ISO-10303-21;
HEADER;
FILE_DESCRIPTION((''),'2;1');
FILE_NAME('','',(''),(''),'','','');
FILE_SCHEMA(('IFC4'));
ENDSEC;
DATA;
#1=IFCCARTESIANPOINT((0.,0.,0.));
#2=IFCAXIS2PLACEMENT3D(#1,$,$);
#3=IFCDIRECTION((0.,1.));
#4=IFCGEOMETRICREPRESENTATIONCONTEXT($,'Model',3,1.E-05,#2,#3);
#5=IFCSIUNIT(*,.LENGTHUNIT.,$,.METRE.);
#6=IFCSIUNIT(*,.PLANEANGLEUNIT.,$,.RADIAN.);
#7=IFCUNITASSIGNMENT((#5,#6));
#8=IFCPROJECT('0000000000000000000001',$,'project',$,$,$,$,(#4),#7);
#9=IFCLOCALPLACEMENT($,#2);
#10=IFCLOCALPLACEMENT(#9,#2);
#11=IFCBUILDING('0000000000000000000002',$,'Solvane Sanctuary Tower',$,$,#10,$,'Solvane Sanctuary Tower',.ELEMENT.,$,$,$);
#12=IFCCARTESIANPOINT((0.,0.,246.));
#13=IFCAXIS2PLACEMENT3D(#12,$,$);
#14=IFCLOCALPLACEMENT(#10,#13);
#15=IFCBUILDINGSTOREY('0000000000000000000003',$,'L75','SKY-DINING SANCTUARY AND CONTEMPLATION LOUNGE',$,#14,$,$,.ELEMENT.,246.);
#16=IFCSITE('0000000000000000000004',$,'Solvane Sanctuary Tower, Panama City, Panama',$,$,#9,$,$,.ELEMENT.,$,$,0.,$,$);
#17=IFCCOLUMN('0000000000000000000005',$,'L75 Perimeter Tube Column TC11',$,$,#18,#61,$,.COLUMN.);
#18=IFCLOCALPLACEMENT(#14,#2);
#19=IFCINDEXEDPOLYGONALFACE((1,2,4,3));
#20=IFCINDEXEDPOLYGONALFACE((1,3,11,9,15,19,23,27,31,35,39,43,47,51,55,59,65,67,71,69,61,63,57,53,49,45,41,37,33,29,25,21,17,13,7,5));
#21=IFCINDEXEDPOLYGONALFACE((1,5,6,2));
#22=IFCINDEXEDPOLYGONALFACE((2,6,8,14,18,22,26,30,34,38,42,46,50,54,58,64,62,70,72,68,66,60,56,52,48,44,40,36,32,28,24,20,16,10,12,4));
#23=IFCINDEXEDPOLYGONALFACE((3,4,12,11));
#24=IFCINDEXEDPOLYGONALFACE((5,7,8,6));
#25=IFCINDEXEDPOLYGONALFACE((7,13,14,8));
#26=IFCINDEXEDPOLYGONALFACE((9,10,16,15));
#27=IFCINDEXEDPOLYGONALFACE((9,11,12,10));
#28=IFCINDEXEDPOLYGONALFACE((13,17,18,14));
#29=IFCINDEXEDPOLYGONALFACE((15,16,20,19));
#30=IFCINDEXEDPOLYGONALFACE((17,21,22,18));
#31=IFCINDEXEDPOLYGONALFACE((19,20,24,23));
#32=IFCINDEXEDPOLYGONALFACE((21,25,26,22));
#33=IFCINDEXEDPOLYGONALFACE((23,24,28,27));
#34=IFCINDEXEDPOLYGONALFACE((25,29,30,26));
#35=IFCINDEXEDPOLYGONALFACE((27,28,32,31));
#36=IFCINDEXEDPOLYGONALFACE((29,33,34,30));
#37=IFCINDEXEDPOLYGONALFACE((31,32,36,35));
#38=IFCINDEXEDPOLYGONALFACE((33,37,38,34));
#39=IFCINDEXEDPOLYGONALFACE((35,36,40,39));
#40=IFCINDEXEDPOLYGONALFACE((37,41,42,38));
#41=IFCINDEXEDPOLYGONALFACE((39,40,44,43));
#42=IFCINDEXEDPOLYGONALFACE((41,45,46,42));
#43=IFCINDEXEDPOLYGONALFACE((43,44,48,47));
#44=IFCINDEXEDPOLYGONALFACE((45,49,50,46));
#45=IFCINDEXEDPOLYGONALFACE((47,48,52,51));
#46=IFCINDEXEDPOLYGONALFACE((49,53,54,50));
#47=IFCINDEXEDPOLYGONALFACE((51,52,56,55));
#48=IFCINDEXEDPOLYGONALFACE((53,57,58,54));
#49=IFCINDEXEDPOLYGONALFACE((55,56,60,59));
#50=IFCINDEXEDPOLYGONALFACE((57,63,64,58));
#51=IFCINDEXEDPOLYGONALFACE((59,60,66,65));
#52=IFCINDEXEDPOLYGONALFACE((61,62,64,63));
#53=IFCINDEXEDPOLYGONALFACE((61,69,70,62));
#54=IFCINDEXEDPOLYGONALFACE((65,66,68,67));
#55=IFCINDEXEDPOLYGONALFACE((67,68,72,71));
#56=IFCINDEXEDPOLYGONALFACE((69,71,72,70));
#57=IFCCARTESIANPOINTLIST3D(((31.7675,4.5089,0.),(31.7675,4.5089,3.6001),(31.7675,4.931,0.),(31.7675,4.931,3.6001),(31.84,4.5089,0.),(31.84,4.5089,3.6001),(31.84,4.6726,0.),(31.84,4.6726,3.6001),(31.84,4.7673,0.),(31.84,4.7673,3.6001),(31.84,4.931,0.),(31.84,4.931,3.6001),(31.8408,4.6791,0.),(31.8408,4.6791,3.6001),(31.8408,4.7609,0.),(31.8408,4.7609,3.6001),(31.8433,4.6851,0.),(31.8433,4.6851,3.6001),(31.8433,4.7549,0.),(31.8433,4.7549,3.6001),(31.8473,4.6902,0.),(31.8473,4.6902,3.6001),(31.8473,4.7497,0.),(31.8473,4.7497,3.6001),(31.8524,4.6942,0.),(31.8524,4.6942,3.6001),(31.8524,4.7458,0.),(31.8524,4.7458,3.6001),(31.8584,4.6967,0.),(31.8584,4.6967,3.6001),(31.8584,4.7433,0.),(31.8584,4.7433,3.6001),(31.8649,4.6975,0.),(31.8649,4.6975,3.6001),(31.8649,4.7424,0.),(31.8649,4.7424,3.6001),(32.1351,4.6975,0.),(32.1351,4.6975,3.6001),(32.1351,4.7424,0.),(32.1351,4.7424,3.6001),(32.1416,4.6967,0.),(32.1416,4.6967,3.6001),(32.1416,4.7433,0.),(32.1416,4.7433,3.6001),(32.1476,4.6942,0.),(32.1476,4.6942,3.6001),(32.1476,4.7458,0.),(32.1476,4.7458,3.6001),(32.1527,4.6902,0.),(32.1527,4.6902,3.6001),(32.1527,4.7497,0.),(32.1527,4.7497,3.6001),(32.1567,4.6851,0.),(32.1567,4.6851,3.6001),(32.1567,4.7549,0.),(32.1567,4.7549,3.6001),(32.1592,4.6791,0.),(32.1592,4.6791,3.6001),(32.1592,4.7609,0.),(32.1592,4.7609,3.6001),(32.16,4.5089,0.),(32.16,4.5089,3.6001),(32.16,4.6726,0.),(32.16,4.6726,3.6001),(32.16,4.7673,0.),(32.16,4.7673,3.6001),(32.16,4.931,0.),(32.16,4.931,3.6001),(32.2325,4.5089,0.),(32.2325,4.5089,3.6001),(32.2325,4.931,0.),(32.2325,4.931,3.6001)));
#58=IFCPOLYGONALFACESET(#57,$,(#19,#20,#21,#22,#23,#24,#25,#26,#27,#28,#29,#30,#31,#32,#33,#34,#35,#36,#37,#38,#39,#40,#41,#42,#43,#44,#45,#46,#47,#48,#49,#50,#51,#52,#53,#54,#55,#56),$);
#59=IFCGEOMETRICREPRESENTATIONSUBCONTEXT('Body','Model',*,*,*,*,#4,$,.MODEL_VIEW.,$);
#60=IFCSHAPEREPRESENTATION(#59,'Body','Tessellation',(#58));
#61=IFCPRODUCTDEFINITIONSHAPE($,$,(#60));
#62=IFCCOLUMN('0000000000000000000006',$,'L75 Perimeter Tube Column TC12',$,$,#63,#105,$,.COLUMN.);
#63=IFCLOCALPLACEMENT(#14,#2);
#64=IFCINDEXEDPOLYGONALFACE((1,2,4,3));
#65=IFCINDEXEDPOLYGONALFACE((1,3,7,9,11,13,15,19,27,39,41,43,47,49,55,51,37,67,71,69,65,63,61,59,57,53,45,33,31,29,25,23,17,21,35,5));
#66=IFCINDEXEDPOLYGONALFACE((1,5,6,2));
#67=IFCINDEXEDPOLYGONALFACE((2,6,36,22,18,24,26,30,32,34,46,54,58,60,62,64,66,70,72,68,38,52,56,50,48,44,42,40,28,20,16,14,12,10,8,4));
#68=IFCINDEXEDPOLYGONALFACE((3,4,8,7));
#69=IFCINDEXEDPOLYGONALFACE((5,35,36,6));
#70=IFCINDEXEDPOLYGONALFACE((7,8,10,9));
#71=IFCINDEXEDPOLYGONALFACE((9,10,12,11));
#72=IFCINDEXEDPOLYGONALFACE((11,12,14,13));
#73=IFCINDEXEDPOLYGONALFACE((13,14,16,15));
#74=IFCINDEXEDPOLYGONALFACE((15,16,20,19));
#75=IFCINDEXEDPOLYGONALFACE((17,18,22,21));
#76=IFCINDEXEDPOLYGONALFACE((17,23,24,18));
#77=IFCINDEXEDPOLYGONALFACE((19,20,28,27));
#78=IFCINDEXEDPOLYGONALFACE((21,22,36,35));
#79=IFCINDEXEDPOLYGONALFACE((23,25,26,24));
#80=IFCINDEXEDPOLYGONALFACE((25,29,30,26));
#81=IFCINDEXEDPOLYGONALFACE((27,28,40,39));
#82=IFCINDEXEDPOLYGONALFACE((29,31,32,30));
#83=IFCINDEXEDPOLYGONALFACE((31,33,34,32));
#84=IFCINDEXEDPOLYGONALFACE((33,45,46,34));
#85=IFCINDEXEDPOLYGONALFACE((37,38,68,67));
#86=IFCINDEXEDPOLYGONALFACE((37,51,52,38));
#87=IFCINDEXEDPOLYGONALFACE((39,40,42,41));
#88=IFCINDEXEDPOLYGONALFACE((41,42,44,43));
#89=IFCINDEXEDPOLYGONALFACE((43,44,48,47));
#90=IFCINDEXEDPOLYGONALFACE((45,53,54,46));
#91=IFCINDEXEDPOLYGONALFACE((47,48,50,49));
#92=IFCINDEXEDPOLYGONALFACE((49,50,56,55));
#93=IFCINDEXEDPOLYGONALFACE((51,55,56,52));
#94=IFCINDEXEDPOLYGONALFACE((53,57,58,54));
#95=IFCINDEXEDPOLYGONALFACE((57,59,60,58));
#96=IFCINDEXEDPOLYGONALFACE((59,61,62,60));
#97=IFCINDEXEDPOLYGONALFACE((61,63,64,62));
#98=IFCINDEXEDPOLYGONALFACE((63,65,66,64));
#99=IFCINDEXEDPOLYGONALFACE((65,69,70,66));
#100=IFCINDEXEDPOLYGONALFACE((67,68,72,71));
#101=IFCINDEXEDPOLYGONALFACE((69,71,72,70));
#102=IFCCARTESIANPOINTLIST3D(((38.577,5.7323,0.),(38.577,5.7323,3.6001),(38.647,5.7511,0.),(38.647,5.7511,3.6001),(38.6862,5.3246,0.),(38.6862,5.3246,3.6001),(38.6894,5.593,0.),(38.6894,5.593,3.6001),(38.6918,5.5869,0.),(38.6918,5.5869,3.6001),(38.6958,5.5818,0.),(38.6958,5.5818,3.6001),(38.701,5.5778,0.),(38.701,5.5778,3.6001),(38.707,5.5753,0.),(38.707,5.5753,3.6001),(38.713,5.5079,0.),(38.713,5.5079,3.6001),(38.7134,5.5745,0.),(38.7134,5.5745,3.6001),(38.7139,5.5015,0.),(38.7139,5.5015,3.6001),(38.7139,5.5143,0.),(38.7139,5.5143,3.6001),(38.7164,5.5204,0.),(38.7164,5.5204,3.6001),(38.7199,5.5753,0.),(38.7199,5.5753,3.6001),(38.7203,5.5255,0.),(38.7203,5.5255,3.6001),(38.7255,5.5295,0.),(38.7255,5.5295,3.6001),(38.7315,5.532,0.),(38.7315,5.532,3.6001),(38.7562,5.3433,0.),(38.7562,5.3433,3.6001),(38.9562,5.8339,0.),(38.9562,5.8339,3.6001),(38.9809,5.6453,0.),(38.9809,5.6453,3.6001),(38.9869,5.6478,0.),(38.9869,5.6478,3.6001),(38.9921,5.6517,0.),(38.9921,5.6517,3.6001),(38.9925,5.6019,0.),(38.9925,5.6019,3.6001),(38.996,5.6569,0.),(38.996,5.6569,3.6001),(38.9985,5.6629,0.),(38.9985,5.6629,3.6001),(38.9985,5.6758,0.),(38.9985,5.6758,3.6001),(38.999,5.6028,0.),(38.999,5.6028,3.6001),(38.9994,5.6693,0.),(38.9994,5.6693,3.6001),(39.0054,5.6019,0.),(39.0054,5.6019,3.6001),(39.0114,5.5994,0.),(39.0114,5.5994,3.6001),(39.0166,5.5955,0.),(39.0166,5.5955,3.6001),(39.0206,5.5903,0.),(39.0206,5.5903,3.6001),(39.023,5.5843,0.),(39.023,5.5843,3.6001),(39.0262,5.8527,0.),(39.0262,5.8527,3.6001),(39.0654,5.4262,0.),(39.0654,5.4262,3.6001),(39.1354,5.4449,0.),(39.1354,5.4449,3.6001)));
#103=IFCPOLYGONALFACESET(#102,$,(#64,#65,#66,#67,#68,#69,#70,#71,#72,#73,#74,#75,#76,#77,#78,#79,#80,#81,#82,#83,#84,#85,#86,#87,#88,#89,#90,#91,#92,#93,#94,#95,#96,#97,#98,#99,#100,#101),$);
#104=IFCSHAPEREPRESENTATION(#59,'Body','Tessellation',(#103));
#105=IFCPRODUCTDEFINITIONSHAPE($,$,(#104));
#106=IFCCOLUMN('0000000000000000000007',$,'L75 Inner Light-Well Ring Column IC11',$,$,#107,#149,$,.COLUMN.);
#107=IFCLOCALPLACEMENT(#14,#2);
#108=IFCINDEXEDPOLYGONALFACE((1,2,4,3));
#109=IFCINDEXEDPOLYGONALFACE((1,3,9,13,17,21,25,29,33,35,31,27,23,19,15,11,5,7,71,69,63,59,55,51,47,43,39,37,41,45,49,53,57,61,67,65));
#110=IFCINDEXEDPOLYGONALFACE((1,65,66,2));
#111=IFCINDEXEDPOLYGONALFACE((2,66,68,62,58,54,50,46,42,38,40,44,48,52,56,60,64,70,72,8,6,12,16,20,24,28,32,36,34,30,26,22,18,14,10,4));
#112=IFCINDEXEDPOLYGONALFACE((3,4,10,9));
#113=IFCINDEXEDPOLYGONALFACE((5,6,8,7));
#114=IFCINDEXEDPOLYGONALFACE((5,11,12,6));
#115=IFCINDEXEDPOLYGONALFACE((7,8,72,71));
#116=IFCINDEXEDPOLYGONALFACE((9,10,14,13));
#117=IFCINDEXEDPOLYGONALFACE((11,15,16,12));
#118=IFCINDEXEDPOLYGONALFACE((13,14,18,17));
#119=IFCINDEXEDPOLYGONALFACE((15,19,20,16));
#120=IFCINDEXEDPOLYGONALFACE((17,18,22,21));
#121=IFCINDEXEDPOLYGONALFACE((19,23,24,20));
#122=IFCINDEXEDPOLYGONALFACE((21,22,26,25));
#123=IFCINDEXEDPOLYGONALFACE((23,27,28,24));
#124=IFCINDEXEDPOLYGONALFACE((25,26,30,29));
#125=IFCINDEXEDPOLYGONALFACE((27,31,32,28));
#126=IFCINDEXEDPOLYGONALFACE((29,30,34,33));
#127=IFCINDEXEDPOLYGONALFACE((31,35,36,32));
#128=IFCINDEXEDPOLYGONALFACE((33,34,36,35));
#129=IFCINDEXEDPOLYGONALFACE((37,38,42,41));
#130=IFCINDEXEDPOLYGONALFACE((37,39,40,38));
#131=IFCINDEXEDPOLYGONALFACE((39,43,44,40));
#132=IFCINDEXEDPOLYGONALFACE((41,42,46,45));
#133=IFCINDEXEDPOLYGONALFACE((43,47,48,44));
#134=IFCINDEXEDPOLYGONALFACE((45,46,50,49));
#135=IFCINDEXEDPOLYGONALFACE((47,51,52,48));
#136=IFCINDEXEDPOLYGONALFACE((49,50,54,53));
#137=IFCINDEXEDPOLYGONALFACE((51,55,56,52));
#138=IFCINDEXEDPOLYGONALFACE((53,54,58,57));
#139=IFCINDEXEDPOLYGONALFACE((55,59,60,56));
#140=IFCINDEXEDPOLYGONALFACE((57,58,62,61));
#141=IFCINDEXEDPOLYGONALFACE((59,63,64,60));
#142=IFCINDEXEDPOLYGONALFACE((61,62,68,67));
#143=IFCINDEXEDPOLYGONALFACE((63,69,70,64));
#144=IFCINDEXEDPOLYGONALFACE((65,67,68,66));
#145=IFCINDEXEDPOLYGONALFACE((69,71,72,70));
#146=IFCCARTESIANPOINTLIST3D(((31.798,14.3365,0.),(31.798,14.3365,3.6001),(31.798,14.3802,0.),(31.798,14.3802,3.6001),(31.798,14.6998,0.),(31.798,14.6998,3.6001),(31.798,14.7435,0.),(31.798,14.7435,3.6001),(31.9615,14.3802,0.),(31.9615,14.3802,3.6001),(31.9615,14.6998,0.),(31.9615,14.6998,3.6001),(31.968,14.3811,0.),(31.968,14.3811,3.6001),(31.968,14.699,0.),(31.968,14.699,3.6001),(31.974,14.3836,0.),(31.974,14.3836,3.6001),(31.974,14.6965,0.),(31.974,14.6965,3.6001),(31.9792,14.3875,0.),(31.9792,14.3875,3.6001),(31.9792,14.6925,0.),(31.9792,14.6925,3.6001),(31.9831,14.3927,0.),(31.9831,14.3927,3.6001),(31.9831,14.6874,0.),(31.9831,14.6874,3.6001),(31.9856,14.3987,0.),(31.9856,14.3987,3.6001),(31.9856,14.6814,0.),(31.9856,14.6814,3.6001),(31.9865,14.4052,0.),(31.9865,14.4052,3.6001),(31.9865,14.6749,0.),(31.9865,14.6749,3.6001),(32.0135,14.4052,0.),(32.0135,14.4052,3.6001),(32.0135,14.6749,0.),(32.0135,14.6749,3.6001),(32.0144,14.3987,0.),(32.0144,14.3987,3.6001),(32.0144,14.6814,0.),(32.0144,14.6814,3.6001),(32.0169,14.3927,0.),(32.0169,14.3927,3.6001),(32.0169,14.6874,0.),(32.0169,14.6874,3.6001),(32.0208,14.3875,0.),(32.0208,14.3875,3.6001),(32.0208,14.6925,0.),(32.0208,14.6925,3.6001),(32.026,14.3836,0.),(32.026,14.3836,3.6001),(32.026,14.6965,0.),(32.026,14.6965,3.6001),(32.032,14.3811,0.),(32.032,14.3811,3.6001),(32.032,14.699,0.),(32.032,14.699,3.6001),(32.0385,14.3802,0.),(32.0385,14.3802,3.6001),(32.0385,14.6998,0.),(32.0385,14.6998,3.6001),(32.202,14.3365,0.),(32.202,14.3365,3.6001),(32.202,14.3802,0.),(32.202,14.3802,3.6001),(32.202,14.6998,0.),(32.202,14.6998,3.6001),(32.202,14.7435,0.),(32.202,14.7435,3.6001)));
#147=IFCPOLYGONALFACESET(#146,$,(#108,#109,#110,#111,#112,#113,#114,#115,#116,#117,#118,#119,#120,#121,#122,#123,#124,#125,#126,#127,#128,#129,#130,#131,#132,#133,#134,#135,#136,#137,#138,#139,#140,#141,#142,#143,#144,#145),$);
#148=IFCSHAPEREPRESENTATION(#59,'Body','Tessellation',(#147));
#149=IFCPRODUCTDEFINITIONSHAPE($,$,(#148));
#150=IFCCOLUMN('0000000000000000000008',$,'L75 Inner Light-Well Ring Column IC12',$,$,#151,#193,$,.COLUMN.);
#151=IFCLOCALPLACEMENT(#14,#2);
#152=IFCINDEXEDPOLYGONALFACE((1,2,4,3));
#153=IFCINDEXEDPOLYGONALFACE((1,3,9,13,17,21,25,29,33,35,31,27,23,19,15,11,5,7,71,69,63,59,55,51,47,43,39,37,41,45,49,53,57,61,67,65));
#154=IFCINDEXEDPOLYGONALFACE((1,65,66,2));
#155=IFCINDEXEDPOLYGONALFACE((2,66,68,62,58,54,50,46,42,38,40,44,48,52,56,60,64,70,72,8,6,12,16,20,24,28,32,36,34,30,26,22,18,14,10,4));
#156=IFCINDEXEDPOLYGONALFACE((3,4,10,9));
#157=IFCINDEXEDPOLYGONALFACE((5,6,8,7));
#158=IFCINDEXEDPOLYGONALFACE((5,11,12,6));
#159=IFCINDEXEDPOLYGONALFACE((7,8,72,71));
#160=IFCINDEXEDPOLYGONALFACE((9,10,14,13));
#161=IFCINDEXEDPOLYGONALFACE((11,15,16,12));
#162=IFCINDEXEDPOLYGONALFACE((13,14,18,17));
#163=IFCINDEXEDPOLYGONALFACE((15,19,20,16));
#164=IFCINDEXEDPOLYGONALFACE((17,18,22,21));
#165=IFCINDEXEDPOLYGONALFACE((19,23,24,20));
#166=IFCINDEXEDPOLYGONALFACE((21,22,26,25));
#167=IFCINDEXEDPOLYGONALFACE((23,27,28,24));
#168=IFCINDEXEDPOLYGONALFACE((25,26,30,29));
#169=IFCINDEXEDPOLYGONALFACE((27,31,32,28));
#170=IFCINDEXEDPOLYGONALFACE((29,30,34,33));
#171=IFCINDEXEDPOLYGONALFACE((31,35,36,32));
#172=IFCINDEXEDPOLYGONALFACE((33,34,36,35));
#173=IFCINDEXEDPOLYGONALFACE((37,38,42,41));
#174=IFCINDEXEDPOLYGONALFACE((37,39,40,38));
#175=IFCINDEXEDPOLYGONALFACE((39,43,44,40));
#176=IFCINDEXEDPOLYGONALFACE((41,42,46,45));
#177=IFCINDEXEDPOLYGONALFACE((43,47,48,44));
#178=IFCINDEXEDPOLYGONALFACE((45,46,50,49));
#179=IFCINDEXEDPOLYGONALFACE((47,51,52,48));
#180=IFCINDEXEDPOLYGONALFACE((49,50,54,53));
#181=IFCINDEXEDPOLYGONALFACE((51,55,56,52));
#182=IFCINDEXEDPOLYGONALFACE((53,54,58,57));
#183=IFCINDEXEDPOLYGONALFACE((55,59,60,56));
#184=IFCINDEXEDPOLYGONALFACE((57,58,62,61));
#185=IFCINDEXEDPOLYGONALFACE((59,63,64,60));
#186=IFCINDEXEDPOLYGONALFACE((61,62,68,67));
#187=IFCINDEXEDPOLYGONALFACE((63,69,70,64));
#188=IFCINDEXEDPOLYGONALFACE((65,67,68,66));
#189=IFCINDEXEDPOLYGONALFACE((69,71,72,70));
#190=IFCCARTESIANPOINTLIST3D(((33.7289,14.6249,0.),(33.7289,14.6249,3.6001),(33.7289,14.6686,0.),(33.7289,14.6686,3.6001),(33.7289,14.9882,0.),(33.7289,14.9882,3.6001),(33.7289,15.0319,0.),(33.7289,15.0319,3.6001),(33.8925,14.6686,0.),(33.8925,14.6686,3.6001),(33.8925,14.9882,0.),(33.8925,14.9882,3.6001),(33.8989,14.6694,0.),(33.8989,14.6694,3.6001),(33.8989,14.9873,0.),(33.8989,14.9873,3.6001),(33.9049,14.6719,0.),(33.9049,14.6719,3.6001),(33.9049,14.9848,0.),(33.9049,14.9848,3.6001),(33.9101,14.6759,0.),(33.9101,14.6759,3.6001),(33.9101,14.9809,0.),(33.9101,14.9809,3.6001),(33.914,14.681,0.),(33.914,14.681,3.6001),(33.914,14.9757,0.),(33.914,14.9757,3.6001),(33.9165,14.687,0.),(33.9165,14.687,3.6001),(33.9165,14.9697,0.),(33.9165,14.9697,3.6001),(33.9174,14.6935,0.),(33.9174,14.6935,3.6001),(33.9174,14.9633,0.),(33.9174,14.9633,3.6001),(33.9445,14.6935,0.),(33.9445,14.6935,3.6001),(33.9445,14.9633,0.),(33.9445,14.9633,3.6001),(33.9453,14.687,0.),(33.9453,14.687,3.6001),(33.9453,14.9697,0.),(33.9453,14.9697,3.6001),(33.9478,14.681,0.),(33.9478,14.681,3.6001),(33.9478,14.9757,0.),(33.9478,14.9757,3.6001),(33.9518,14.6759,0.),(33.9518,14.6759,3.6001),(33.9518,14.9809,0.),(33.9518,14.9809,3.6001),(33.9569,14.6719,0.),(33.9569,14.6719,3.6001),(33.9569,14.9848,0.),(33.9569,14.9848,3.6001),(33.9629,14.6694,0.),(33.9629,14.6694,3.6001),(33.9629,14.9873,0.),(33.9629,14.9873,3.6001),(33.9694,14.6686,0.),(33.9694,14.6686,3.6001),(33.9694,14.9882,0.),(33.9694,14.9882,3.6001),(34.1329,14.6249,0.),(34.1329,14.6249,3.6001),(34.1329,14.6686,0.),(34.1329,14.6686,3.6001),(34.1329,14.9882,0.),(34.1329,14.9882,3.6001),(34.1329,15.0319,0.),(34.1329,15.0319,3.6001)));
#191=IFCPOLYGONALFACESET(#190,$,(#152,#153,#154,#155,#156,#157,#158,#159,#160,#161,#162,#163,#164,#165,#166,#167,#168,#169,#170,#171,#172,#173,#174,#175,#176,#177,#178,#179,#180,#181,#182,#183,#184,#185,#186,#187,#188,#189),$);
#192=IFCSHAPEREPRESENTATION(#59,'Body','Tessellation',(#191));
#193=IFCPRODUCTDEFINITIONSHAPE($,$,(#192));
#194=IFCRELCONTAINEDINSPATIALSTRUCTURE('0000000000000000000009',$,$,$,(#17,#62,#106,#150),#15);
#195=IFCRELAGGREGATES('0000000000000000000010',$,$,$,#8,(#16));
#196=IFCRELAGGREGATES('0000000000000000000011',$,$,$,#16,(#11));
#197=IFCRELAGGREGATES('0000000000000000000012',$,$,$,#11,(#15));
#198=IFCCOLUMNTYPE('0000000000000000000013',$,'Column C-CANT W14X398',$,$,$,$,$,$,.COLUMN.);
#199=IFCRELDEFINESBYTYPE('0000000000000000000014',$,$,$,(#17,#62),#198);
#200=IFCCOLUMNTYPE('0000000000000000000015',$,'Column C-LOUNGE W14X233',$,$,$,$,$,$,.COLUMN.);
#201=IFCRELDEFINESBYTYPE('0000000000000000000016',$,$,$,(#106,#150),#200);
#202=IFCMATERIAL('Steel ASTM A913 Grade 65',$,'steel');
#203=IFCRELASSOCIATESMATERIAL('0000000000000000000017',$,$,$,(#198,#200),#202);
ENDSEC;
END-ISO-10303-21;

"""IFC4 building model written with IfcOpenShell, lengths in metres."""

from ifc_helpers import new_model, si_unit, direction, frame, origin, origin_2d, place, context, subcontext, project, spatial, i_section, extrude, material, material_profile, profile_set, type_object, element, save


model = new_model("IFC4")

# Units and contexts
model_context = context("Model", 3, precision=1e-05, world=origin(), true_north=direction((0.0, 1.0)))
body_context = subcontext(model_context, "Body", "Model", "MODEL_VIEW")
ifc_project = project(units=[si_unit("LENGTHUNIT", "METRE"), si_unit("PLANEANGLEUNIT", "RADIAN")], contexts=[model_context])

# Site, building, storey
site_placement = place(None, origin())
site = spatial("IfcSite", under=ifc_project, at=site_placement, Name="Solvane Sanctuary Tower, Panama City, Panama", CompositionType="ELEMENT", RefElevation=0.0)
building_placement = place(site_placement, origin())
building = spatial("IfcBuilding", under=site, at=building_placement, Name="Solvane Sanctuary Tower", LongName="Solvane Sanctuary Tower", CompositionType="ELEMENT")
storey_placement = place(building_placement, frame((0.0, 0.0, 246.0)))
storey = spatial("IfcBuildingStorey", under=building, at=storey_placement, Name="L75", Description="SKY-DINING SANCTUARY AND CONTEMPLATION LOUNGE", CompositionType="ELEMENT", Elevation=246.0)

# Columns
ifc_material_1 = material(Name="Steel ASTM A913 Grade 65", Category="steel")
ifc_material_profile_1 = material_profile(ifc_material_1, i_section(OverallWidth=0.4221, OverallDepth=0.4651, WebThickness=0.0449, FlangeThickness=0.0725, FilletRadius=0.0249, at=origin_2d()), Name="W14X398")
ifc_profile_set_1 = profile_set([ifc_material_profile_1], Name="Steel ASTM A913 Grade 65")
column_type_1 = type_object("IfcColumnType", Name="Column C-CANT W14X398", PredefinedType="COLUMN", material=ifc_profile_set_1)
for number, where, z_axis, x_axis, name in (
    (1, (32.0, 4.72, 0.0), (0.0, 0.0, 1.0), (0.0, -1.0, 0.0), "L75 Perimeter Tube Column TC11"),
    (2, (38.8562, 5.5886, 0.0), (0.0, 0.0, 1.0), (0.258819, -0.965926, 0.0), "L75 Perimeter Tube Column TC12"),
):
    element("IfcColumn", number, at=place(storey_placement, frame(where, z_axis=z_axis, x_axis=x_axis)), inside=storey, type_object=column_type_1, Name=name, PredefinedType="COLUMN", context=body_context, shape_type="SweptSolid", body=[
        extrude(i_section(OverallWidth=0.4221, OverallDepth=0.4651, WebThickness=0.0449, FlangeThickness=0.0725, FilletRadius=0.0249, at=origin_2d()), origin(), (0.0, 0.0, 1.0), 3.6001),
    ])
ifc_material_profile_2 = material_profile(ifc_material_1, i_section(OverallWidth=0.4041, OverallDepth=0.407, WebThickness=0.0271, FlangeThickness=0.0437, FilletRadius=0.0249, at=origin_2d()), Name="W14X233")
ifc_profile_set_2 = profile_set([ifc_material_profile_2], Name="Steel ASTM A913 Grade 65")
column_type_2 = type_object("IfcColumnType", Name="Column C-LOUNGE W14X233", PredefinedType="COLUMN", material=ifc_profile_set_2)
for number, where, z_axis, x_axis, name in (
    (3, (32.0, 14.54, 0.0), (0.0, 0.0, 1.0), (1.0, 0.0, 0.0), "L75 Inner Light-Well Ring Column IC11"),
    (4, (33.9309, 14.8284, 0.0), (0.0, 0.0, 1.0), (1.0, 0.0, 0.0), "L75 Inner Light-Well Ring Column IC12"),
):
    element("IfcColumn", number, at=place(storey_placement, frame(where, z_axis=z_axis, x_axis=x_axis)), inside=storey, type_object=column_type_2, Name=name, PredefinedType="COLUMN", context=body_context, shape_type="SweptSolid", body=[
        extrude(i_section(OverallWidth=0.4041, OverallDepth=0.407, WebThickness=0.0271, FlangeThickness=0.0437, FilletRadius=0.0249, at=origin_2d()), origin(), (0.0, 0.0, 1.0), 3.6001),
    ])

save(model, "model.ifc")
